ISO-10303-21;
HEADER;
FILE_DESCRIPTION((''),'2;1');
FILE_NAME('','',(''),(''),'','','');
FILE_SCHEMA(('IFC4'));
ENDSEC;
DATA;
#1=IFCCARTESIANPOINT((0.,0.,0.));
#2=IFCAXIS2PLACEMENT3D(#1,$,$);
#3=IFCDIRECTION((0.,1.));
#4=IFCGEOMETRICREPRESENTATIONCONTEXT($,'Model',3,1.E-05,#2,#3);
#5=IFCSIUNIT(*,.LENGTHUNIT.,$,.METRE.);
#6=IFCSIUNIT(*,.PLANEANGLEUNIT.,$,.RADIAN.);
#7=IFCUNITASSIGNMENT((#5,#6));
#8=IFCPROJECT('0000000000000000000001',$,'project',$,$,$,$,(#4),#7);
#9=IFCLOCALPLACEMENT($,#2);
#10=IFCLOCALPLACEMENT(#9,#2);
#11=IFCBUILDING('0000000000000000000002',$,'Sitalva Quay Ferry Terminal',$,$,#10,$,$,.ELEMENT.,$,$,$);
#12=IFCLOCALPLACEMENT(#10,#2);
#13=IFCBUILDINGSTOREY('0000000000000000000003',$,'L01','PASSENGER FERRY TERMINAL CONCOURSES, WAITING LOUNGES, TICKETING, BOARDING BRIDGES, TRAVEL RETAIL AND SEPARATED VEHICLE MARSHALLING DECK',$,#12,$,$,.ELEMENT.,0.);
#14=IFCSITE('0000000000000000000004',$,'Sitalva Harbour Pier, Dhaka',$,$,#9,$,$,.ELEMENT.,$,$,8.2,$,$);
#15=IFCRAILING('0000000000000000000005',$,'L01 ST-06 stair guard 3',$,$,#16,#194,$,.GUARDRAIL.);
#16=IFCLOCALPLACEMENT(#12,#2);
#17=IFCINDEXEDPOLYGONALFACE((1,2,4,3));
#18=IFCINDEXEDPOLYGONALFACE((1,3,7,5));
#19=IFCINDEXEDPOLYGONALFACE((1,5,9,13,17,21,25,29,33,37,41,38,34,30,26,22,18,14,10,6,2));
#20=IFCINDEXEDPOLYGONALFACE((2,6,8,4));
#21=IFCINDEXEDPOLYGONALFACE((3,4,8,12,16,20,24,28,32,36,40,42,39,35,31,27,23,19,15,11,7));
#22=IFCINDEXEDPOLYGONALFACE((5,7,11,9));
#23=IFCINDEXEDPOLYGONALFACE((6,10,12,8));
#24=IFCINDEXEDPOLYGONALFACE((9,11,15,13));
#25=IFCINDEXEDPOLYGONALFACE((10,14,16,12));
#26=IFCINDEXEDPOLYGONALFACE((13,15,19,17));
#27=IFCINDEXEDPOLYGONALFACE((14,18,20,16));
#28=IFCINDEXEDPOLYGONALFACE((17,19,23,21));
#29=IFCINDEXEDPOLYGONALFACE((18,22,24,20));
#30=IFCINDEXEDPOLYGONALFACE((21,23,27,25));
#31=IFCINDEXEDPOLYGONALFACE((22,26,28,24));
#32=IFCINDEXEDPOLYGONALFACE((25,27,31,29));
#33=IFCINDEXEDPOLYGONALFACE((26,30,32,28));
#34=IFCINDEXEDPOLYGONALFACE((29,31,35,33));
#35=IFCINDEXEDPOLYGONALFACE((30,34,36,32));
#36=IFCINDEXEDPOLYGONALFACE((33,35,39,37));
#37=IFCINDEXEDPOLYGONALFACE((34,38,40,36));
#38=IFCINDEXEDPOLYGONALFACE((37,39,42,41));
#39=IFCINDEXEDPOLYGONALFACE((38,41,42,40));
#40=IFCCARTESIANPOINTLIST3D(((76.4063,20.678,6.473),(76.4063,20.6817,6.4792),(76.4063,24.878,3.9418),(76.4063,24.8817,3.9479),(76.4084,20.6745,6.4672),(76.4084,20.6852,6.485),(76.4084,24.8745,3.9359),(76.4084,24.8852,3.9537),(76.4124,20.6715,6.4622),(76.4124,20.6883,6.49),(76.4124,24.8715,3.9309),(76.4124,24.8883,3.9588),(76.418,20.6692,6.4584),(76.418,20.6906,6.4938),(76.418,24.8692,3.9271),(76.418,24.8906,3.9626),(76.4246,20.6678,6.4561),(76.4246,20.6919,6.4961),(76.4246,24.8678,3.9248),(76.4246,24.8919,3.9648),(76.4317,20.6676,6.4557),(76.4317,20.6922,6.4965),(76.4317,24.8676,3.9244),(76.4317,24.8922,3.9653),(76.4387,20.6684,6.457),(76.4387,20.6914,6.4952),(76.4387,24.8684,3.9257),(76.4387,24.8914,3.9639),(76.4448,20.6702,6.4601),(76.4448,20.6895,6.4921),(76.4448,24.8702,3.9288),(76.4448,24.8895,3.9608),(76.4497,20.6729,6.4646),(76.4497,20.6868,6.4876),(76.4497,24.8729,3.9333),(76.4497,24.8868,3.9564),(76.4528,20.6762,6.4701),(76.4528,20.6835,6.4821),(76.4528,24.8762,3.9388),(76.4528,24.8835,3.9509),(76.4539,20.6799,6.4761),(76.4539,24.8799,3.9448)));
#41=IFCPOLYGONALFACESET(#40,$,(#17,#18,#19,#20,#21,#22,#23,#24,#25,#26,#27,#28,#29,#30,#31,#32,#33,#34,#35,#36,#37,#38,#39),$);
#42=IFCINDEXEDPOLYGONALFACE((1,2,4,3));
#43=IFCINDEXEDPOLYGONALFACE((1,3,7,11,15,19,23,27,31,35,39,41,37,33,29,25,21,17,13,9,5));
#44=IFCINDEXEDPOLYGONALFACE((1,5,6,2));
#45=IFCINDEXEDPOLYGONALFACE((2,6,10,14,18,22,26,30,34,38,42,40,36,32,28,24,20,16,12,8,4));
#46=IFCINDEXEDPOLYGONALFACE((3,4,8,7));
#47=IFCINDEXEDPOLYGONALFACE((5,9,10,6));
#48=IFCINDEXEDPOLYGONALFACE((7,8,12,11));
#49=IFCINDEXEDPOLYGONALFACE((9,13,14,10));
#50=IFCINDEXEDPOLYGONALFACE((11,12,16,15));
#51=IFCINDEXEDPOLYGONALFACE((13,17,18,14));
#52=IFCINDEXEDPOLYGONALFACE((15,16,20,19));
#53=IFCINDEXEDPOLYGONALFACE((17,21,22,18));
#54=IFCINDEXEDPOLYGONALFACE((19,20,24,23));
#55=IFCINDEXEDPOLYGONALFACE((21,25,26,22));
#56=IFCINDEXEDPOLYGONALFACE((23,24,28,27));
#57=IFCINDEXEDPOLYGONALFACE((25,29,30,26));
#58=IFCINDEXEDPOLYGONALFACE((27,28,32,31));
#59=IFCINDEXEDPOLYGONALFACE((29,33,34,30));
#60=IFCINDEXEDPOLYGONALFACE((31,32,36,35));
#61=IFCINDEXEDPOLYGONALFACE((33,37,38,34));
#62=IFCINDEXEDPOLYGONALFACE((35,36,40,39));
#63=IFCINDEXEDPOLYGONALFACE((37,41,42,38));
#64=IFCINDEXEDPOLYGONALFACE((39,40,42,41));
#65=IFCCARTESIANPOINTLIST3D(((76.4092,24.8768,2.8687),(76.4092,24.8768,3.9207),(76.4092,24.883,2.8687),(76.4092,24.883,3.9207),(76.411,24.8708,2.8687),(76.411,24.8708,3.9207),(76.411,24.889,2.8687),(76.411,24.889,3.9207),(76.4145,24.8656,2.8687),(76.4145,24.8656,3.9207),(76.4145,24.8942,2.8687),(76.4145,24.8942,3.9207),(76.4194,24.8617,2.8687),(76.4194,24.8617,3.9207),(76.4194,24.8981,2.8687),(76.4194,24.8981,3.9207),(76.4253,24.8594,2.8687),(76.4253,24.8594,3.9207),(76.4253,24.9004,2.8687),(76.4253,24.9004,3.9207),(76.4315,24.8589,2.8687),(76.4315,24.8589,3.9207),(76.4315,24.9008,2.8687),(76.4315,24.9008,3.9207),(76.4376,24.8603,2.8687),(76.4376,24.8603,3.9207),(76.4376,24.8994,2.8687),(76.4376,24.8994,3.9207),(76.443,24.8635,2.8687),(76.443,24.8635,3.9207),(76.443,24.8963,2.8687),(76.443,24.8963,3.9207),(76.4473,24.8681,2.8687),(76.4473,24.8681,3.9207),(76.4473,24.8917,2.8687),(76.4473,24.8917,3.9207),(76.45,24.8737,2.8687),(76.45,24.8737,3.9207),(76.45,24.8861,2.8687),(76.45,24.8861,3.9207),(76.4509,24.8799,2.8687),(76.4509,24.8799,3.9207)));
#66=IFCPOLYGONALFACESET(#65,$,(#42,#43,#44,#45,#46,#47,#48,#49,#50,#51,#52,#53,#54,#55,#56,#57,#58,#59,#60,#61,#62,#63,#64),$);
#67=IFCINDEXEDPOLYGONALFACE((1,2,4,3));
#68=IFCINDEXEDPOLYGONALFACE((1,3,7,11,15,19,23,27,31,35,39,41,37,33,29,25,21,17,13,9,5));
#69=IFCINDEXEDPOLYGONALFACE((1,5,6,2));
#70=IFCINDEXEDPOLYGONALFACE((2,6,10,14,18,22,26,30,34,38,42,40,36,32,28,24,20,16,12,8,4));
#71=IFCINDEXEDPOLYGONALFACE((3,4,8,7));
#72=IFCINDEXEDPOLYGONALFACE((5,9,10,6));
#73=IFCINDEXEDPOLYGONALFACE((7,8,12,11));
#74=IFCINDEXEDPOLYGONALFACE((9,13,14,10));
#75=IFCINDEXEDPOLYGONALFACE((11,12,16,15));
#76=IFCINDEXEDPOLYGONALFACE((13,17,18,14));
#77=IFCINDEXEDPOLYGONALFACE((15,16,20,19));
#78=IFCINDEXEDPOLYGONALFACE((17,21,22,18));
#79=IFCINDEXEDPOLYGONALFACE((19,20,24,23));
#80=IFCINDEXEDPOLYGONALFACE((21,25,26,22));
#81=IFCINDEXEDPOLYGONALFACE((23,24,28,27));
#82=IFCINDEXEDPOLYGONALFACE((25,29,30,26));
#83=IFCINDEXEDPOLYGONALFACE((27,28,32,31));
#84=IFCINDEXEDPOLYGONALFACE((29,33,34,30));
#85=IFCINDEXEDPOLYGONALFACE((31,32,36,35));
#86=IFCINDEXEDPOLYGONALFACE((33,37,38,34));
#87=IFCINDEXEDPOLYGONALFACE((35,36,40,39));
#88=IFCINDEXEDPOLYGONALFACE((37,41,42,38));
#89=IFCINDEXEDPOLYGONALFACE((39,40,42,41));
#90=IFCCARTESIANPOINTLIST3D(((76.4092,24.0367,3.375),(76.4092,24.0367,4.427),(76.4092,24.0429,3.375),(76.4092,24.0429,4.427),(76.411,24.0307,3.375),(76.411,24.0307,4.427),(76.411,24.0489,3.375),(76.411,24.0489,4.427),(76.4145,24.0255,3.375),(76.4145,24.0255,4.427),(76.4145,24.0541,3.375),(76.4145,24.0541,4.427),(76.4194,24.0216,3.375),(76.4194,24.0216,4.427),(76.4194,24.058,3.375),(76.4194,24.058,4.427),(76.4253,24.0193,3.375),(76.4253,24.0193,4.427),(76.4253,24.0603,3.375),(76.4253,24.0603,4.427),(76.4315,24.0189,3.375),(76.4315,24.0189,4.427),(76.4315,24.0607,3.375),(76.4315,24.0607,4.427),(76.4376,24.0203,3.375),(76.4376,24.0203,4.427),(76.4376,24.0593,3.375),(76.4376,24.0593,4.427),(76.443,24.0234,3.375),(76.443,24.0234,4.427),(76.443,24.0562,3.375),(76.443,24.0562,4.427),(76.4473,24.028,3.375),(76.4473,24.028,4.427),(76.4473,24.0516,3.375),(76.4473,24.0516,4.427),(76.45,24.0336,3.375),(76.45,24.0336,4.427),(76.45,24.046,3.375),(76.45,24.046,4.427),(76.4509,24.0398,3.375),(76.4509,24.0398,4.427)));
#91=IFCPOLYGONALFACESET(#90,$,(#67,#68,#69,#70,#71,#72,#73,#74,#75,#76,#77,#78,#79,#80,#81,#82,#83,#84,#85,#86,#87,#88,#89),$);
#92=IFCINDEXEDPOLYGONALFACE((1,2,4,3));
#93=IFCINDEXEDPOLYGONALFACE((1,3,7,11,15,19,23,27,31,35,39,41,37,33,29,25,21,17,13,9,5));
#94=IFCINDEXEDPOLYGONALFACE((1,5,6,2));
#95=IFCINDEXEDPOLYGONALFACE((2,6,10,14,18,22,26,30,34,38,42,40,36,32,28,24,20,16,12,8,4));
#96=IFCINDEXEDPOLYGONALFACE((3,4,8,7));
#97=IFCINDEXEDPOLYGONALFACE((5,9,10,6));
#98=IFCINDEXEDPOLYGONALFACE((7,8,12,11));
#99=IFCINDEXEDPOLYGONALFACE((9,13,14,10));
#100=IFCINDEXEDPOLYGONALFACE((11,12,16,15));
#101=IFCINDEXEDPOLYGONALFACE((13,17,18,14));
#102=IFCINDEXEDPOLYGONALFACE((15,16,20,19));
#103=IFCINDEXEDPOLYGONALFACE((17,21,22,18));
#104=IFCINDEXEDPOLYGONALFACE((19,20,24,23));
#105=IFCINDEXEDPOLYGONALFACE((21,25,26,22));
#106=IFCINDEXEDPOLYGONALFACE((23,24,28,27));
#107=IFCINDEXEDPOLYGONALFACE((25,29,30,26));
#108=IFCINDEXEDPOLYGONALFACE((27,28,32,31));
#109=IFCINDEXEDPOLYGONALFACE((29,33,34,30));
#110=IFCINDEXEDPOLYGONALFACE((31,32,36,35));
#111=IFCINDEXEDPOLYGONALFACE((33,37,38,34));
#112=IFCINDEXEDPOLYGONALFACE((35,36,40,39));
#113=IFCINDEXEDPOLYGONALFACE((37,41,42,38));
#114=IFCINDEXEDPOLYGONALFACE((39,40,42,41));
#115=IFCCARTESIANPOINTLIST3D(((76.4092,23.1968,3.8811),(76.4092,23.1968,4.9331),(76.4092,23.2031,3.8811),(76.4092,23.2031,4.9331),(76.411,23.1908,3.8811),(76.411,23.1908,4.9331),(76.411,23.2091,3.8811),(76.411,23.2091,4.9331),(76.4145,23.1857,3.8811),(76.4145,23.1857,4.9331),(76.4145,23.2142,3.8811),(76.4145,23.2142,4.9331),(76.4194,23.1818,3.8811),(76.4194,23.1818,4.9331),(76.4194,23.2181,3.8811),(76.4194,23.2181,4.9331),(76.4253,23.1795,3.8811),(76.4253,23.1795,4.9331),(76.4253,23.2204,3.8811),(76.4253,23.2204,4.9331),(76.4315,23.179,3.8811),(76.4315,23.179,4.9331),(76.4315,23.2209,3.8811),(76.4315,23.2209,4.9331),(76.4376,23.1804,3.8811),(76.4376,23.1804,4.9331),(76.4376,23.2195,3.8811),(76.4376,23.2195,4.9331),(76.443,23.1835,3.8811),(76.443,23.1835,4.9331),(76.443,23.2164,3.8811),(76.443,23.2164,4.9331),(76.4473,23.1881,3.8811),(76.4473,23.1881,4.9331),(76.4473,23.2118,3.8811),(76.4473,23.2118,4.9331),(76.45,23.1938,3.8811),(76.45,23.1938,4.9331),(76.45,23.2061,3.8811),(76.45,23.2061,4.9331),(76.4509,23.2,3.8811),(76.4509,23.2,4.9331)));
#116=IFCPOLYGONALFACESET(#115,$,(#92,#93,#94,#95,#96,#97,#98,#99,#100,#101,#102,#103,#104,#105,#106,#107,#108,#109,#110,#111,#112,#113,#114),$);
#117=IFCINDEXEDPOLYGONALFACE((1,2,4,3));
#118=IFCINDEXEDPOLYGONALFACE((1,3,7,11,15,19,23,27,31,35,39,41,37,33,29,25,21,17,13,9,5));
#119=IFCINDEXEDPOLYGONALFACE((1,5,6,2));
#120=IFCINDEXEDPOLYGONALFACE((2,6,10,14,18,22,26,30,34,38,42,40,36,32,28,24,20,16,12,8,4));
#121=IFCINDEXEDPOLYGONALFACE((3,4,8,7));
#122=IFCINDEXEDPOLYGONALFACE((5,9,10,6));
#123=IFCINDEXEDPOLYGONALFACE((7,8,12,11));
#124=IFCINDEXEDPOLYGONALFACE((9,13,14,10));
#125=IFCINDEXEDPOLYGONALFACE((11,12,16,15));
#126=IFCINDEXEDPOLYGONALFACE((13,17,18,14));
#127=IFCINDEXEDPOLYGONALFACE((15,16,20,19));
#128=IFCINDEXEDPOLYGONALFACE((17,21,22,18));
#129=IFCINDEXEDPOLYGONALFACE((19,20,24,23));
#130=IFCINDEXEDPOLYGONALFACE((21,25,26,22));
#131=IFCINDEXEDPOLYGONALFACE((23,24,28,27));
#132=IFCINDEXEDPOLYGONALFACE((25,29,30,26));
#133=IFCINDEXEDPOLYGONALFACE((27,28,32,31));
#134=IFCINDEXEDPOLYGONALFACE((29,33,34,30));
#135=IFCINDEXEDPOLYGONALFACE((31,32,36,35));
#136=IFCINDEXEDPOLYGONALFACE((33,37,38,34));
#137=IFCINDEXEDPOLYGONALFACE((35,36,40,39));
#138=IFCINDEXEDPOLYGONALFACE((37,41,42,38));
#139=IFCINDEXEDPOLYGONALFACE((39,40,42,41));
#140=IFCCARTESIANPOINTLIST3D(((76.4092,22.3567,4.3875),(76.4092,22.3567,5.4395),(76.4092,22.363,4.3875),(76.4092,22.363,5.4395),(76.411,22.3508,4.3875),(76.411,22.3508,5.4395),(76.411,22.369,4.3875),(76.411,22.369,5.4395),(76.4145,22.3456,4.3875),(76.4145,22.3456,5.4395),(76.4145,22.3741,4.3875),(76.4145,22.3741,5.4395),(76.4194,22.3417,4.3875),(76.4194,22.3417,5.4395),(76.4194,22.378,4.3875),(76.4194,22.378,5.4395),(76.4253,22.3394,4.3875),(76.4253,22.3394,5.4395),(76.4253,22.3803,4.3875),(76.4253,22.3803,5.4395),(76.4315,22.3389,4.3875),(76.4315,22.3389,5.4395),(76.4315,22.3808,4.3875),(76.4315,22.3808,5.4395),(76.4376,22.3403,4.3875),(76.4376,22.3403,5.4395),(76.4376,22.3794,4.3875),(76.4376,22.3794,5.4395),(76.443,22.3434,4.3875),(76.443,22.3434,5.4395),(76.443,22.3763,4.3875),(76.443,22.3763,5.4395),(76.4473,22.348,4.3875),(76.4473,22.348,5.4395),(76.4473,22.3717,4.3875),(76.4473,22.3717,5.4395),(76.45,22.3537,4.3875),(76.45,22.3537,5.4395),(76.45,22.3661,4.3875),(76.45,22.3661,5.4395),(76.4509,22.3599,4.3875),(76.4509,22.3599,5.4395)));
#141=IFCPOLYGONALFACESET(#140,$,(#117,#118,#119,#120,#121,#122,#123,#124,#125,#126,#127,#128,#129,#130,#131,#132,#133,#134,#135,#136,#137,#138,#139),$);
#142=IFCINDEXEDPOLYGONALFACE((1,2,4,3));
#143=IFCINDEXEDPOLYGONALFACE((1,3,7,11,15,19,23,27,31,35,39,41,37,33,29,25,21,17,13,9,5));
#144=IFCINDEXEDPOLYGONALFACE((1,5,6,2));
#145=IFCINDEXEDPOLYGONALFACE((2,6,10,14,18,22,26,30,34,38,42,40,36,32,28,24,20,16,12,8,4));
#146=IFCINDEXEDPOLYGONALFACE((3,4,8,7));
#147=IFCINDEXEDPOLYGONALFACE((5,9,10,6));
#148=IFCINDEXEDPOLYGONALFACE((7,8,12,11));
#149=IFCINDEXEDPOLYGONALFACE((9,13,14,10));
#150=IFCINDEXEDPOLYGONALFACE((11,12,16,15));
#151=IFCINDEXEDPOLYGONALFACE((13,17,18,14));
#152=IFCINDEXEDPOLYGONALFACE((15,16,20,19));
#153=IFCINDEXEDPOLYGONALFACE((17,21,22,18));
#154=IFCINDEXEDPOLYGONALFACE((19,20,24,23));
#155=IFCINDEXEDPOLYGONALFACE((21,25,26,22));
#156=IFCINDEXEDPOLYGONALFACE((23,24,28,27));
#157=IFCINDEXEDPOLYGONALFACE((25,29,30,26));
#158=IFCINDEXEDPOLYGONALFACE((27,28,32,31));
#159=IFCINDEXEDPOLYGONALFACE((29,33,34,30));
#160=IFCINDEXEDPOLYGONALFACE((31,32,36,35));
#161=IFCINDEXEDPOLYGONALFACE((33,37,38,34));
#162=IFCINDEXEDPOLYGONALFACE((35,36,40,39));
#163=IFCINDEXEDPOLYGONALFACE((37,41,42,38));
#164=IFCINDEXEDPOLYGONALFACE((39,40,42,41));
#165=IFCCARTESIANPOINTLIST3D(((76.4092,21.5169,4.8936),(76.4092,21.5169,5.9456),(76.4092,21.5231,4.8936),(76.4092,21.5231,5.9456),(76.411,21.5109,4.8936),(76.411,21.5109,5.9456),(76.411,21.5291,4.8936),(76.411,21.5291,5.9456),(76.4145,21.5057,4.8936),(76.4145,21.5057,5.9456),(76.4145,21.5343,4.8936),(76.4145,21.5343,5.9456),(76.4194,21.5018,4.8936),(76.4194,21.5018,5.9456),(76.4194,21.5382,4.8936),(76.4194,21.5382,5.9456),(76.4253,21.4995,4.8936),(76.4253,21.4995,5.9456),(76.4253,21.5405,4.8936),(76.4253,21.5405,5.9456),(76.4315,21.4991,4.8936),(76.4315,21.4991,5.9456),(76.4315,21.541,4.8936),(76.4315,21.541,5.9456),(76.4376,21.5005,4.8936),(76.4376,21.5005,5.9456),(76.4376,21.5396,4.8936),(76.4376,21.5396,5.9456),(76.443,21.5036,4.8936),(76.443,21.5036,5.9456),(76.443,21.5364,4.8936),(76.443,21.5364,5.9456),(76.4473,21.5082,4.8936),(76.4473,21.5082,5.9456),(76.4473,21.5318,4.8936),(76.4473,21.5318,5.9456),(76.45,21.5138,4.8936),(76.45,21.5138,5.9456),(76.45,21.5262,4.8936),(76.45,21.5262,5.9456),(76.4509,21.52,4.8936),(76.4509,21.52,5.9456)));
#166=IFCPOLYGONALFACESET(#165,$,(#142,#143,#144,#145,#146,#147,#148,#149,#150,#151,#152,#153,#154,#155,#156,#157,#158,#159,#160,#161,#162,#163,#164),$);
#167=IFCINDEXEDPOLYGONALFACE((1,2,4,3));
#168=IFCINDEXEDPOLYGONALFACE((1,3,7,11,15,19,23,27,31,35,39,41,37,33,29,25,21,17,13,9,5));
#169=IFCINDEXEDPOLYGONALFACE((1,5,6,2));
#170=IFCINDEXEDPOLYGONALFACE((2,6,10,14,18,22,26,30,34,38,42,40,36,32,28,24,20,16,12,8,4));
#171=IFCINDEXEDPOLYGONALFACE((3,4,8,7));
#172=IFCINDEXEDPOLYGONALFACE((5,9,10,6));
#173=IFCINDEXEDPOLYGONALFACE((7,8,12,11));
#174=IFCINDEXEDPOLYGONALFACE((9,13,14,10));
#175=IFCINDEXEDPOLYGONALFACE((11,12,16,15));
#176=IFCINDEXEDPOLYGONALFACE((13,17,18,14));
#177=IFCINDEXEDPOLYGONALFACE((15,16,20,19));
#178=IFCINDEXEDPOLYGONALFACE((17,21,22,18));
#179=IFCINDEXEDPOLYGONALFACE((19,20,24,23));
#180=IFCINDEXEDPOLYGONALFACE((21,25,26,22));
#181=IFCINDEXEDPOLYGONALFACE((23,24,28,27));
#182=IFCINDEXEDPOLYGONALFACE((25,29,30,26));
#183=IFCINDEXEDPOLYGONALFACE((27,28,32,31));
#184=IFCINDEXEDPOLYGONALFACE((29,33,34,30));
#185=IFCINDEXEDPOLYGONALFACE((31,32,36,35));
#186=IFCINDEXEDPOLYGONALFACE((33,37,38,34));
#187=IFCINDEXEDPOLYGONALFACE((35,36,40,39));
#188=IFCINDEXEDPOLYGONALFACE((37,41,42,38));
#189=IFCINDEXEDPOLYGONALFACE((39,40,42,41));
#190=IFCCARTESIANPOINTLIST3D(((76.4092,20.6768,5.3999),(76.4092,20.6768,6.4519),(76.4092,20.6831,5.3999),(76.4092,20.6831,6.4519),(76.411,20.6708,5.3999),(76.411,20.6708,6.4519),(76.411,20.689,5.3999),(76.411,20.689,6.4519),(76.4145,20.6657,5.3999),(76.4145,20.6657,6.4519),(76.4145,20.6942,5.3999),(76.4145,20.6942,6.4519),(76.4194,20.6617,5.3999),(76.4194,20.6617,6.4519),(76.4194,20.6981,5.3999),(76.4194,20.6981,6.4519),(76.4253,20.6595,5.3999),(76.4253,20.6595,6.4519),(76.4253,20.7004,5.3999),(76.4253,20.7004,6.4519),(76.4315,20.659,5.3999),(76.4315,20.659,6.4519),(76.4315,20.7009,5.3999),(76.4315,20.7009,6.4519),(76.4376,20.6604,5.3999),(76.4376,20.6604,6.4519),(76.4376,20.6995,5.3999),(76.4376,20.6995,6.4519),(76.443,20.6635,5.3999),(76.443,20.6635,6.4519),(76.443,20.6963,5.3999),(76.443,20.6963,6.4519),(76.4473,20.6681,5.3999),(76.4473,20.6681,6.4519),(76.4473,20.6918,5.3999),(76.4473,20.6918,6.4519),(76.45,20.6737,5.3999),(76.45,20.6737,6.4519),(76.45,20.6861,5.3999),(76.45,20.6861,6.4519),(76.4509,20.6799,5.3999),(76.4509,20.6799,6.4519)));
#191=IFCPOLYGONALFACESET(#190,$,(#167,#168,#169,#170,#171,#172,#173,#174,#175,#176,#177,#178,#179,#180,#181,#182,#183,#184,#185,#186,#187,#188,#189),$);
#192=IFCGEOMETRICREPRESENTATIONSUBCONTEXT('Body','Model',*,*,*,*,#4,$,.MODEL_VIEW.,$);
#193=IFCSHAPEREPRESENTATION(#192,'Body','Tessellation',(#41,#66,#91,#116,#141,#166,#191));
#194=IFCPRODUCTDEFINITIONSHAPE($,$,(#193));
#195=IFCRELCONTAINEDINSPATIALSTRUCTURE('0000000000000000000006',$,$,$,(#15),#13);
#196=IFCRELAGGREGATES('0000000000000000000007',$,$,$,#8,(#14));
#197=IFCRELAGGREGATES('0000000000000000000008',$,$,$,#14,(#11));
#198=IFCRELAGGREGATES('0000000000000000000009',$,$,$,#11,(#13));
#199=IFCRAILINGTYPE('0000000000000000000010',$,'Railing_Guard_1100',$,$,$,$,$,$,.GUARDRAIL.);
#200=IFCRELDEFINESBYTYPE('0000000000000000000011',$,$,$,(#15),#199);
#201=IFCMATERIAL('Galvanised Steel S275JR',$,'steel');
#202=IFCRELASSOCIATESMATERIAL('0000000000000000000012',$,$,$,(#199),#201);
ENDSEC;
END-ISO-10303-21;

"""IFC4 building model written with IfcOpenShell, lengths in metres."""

from ifc_helpers import new_model, si_unit, direction, frame, origin, origin_2d, place, context, subcontext, project, spatial, circle, extrude, material, type_object, element, save


model = new_model("IFC4")

# Units and contexts
model_context = context("Model", 3, precision=1e-05, world=origin(), true_north=direction((0.0, 1.0)))
body_context = subcontext(model_context, "Body", "Model", "MODEL_VIEW")
ifc_project = project(units=[si_unit("LENGTHUNIT", "METRE"), si_unit("PLANEANGLEUNIT", "RADIAN")], contexts=[model_context])

# Site, building, storey
site_placement = place(None, origin())
site = spatial("IfcSite", under=ifc_project, at=site_placement, Name="Sitalva Harbour Pier, Dhaka", CompositionType="ELEMENT", RefElevation=8.2)
building_placement = place(site_placement, origin())
building = spatial("IfcBuilding", under=site, at=building_placement, Name="Sitalva Quay Ferry Terminal", CompositionType="ELEMENT")
storey_placement = place(building_placement, origin())
storey = spatial("IfcBuildingStorey", under=building, at=storey_placement, Name="L01", Description="PASSENGER FERRY TERMINAL CONCOURSES, WAITING LOUNGES, TICKETING, BOARDING BRIDGES, TRAVEL RETAIL AND SEPARATED VEHICLE MARSHALLING DECK", CompositionType="ELEMENT", Elevation=0.0)

# Railing
ifc_material_1 = material(Name="Galvanised Steel S275JR", Category="steel")
railing_type_1 = type_object("IfcRailingType", Name="Railing_Guard_1100", PredefinedType="GUARDRAIL", material=ifc_material_1)
railing_1_placement = place(storey_placement, frame((76.4299, 24.8799, 2.8687)))
element("IfcRailing", 1, at=railing_1_placement, inside=storey, type_object=railing_type_1, Name="L01 ST-06 stair guard 3", PredefinedType="GUARDRAIL", context=body_context, shape_type="SweptSolid", body=[
    extrude(circle(Radius=0.0239, at=origin_2d()), frame((0.0, 0.0, 1.0762), z_axis=(0.0, -0.856476, 0.516186), x_axis=(1.0, 0.0, 0.0)), (0.0, 0.0, 1.0), 4.9038),
    extrude(circle(Radius=0.021, at=origin_2d()), origin(), (0.0, 0.0, 1.0), 1.052),
    extrude(circle(Radius=0.021, at=origin_2d()), frame((0.0, -0.8401, 0.5063)), (0.0, 0.0, 1.0), 1.052),
    extrude(circle(Radius=0.021, at=origin_2d()), frame((0.0, -1.6799, 1.0125)), (0.0, 0.0, 1.0), 1.052),
    extrude(circle(Radius=0.021, at=origin_2d()), frame((0.0, -2.52, 1.5188)), (0.0, 0.0, 1.0), 1.052),
    extrude(circle(Radius=0.021, at=origin_2d()), frame((0.0, -3.3599, 2.0249)), (0.0, 0.0, 1.0), 1.052),
    extrude(circle(Radius=0.021, at=origin_2d()), frame((0.0, -4.2, 2.5312)), (0.0, 0.0, 1.0), 1.052),
])

save(model, "model.ifc")
